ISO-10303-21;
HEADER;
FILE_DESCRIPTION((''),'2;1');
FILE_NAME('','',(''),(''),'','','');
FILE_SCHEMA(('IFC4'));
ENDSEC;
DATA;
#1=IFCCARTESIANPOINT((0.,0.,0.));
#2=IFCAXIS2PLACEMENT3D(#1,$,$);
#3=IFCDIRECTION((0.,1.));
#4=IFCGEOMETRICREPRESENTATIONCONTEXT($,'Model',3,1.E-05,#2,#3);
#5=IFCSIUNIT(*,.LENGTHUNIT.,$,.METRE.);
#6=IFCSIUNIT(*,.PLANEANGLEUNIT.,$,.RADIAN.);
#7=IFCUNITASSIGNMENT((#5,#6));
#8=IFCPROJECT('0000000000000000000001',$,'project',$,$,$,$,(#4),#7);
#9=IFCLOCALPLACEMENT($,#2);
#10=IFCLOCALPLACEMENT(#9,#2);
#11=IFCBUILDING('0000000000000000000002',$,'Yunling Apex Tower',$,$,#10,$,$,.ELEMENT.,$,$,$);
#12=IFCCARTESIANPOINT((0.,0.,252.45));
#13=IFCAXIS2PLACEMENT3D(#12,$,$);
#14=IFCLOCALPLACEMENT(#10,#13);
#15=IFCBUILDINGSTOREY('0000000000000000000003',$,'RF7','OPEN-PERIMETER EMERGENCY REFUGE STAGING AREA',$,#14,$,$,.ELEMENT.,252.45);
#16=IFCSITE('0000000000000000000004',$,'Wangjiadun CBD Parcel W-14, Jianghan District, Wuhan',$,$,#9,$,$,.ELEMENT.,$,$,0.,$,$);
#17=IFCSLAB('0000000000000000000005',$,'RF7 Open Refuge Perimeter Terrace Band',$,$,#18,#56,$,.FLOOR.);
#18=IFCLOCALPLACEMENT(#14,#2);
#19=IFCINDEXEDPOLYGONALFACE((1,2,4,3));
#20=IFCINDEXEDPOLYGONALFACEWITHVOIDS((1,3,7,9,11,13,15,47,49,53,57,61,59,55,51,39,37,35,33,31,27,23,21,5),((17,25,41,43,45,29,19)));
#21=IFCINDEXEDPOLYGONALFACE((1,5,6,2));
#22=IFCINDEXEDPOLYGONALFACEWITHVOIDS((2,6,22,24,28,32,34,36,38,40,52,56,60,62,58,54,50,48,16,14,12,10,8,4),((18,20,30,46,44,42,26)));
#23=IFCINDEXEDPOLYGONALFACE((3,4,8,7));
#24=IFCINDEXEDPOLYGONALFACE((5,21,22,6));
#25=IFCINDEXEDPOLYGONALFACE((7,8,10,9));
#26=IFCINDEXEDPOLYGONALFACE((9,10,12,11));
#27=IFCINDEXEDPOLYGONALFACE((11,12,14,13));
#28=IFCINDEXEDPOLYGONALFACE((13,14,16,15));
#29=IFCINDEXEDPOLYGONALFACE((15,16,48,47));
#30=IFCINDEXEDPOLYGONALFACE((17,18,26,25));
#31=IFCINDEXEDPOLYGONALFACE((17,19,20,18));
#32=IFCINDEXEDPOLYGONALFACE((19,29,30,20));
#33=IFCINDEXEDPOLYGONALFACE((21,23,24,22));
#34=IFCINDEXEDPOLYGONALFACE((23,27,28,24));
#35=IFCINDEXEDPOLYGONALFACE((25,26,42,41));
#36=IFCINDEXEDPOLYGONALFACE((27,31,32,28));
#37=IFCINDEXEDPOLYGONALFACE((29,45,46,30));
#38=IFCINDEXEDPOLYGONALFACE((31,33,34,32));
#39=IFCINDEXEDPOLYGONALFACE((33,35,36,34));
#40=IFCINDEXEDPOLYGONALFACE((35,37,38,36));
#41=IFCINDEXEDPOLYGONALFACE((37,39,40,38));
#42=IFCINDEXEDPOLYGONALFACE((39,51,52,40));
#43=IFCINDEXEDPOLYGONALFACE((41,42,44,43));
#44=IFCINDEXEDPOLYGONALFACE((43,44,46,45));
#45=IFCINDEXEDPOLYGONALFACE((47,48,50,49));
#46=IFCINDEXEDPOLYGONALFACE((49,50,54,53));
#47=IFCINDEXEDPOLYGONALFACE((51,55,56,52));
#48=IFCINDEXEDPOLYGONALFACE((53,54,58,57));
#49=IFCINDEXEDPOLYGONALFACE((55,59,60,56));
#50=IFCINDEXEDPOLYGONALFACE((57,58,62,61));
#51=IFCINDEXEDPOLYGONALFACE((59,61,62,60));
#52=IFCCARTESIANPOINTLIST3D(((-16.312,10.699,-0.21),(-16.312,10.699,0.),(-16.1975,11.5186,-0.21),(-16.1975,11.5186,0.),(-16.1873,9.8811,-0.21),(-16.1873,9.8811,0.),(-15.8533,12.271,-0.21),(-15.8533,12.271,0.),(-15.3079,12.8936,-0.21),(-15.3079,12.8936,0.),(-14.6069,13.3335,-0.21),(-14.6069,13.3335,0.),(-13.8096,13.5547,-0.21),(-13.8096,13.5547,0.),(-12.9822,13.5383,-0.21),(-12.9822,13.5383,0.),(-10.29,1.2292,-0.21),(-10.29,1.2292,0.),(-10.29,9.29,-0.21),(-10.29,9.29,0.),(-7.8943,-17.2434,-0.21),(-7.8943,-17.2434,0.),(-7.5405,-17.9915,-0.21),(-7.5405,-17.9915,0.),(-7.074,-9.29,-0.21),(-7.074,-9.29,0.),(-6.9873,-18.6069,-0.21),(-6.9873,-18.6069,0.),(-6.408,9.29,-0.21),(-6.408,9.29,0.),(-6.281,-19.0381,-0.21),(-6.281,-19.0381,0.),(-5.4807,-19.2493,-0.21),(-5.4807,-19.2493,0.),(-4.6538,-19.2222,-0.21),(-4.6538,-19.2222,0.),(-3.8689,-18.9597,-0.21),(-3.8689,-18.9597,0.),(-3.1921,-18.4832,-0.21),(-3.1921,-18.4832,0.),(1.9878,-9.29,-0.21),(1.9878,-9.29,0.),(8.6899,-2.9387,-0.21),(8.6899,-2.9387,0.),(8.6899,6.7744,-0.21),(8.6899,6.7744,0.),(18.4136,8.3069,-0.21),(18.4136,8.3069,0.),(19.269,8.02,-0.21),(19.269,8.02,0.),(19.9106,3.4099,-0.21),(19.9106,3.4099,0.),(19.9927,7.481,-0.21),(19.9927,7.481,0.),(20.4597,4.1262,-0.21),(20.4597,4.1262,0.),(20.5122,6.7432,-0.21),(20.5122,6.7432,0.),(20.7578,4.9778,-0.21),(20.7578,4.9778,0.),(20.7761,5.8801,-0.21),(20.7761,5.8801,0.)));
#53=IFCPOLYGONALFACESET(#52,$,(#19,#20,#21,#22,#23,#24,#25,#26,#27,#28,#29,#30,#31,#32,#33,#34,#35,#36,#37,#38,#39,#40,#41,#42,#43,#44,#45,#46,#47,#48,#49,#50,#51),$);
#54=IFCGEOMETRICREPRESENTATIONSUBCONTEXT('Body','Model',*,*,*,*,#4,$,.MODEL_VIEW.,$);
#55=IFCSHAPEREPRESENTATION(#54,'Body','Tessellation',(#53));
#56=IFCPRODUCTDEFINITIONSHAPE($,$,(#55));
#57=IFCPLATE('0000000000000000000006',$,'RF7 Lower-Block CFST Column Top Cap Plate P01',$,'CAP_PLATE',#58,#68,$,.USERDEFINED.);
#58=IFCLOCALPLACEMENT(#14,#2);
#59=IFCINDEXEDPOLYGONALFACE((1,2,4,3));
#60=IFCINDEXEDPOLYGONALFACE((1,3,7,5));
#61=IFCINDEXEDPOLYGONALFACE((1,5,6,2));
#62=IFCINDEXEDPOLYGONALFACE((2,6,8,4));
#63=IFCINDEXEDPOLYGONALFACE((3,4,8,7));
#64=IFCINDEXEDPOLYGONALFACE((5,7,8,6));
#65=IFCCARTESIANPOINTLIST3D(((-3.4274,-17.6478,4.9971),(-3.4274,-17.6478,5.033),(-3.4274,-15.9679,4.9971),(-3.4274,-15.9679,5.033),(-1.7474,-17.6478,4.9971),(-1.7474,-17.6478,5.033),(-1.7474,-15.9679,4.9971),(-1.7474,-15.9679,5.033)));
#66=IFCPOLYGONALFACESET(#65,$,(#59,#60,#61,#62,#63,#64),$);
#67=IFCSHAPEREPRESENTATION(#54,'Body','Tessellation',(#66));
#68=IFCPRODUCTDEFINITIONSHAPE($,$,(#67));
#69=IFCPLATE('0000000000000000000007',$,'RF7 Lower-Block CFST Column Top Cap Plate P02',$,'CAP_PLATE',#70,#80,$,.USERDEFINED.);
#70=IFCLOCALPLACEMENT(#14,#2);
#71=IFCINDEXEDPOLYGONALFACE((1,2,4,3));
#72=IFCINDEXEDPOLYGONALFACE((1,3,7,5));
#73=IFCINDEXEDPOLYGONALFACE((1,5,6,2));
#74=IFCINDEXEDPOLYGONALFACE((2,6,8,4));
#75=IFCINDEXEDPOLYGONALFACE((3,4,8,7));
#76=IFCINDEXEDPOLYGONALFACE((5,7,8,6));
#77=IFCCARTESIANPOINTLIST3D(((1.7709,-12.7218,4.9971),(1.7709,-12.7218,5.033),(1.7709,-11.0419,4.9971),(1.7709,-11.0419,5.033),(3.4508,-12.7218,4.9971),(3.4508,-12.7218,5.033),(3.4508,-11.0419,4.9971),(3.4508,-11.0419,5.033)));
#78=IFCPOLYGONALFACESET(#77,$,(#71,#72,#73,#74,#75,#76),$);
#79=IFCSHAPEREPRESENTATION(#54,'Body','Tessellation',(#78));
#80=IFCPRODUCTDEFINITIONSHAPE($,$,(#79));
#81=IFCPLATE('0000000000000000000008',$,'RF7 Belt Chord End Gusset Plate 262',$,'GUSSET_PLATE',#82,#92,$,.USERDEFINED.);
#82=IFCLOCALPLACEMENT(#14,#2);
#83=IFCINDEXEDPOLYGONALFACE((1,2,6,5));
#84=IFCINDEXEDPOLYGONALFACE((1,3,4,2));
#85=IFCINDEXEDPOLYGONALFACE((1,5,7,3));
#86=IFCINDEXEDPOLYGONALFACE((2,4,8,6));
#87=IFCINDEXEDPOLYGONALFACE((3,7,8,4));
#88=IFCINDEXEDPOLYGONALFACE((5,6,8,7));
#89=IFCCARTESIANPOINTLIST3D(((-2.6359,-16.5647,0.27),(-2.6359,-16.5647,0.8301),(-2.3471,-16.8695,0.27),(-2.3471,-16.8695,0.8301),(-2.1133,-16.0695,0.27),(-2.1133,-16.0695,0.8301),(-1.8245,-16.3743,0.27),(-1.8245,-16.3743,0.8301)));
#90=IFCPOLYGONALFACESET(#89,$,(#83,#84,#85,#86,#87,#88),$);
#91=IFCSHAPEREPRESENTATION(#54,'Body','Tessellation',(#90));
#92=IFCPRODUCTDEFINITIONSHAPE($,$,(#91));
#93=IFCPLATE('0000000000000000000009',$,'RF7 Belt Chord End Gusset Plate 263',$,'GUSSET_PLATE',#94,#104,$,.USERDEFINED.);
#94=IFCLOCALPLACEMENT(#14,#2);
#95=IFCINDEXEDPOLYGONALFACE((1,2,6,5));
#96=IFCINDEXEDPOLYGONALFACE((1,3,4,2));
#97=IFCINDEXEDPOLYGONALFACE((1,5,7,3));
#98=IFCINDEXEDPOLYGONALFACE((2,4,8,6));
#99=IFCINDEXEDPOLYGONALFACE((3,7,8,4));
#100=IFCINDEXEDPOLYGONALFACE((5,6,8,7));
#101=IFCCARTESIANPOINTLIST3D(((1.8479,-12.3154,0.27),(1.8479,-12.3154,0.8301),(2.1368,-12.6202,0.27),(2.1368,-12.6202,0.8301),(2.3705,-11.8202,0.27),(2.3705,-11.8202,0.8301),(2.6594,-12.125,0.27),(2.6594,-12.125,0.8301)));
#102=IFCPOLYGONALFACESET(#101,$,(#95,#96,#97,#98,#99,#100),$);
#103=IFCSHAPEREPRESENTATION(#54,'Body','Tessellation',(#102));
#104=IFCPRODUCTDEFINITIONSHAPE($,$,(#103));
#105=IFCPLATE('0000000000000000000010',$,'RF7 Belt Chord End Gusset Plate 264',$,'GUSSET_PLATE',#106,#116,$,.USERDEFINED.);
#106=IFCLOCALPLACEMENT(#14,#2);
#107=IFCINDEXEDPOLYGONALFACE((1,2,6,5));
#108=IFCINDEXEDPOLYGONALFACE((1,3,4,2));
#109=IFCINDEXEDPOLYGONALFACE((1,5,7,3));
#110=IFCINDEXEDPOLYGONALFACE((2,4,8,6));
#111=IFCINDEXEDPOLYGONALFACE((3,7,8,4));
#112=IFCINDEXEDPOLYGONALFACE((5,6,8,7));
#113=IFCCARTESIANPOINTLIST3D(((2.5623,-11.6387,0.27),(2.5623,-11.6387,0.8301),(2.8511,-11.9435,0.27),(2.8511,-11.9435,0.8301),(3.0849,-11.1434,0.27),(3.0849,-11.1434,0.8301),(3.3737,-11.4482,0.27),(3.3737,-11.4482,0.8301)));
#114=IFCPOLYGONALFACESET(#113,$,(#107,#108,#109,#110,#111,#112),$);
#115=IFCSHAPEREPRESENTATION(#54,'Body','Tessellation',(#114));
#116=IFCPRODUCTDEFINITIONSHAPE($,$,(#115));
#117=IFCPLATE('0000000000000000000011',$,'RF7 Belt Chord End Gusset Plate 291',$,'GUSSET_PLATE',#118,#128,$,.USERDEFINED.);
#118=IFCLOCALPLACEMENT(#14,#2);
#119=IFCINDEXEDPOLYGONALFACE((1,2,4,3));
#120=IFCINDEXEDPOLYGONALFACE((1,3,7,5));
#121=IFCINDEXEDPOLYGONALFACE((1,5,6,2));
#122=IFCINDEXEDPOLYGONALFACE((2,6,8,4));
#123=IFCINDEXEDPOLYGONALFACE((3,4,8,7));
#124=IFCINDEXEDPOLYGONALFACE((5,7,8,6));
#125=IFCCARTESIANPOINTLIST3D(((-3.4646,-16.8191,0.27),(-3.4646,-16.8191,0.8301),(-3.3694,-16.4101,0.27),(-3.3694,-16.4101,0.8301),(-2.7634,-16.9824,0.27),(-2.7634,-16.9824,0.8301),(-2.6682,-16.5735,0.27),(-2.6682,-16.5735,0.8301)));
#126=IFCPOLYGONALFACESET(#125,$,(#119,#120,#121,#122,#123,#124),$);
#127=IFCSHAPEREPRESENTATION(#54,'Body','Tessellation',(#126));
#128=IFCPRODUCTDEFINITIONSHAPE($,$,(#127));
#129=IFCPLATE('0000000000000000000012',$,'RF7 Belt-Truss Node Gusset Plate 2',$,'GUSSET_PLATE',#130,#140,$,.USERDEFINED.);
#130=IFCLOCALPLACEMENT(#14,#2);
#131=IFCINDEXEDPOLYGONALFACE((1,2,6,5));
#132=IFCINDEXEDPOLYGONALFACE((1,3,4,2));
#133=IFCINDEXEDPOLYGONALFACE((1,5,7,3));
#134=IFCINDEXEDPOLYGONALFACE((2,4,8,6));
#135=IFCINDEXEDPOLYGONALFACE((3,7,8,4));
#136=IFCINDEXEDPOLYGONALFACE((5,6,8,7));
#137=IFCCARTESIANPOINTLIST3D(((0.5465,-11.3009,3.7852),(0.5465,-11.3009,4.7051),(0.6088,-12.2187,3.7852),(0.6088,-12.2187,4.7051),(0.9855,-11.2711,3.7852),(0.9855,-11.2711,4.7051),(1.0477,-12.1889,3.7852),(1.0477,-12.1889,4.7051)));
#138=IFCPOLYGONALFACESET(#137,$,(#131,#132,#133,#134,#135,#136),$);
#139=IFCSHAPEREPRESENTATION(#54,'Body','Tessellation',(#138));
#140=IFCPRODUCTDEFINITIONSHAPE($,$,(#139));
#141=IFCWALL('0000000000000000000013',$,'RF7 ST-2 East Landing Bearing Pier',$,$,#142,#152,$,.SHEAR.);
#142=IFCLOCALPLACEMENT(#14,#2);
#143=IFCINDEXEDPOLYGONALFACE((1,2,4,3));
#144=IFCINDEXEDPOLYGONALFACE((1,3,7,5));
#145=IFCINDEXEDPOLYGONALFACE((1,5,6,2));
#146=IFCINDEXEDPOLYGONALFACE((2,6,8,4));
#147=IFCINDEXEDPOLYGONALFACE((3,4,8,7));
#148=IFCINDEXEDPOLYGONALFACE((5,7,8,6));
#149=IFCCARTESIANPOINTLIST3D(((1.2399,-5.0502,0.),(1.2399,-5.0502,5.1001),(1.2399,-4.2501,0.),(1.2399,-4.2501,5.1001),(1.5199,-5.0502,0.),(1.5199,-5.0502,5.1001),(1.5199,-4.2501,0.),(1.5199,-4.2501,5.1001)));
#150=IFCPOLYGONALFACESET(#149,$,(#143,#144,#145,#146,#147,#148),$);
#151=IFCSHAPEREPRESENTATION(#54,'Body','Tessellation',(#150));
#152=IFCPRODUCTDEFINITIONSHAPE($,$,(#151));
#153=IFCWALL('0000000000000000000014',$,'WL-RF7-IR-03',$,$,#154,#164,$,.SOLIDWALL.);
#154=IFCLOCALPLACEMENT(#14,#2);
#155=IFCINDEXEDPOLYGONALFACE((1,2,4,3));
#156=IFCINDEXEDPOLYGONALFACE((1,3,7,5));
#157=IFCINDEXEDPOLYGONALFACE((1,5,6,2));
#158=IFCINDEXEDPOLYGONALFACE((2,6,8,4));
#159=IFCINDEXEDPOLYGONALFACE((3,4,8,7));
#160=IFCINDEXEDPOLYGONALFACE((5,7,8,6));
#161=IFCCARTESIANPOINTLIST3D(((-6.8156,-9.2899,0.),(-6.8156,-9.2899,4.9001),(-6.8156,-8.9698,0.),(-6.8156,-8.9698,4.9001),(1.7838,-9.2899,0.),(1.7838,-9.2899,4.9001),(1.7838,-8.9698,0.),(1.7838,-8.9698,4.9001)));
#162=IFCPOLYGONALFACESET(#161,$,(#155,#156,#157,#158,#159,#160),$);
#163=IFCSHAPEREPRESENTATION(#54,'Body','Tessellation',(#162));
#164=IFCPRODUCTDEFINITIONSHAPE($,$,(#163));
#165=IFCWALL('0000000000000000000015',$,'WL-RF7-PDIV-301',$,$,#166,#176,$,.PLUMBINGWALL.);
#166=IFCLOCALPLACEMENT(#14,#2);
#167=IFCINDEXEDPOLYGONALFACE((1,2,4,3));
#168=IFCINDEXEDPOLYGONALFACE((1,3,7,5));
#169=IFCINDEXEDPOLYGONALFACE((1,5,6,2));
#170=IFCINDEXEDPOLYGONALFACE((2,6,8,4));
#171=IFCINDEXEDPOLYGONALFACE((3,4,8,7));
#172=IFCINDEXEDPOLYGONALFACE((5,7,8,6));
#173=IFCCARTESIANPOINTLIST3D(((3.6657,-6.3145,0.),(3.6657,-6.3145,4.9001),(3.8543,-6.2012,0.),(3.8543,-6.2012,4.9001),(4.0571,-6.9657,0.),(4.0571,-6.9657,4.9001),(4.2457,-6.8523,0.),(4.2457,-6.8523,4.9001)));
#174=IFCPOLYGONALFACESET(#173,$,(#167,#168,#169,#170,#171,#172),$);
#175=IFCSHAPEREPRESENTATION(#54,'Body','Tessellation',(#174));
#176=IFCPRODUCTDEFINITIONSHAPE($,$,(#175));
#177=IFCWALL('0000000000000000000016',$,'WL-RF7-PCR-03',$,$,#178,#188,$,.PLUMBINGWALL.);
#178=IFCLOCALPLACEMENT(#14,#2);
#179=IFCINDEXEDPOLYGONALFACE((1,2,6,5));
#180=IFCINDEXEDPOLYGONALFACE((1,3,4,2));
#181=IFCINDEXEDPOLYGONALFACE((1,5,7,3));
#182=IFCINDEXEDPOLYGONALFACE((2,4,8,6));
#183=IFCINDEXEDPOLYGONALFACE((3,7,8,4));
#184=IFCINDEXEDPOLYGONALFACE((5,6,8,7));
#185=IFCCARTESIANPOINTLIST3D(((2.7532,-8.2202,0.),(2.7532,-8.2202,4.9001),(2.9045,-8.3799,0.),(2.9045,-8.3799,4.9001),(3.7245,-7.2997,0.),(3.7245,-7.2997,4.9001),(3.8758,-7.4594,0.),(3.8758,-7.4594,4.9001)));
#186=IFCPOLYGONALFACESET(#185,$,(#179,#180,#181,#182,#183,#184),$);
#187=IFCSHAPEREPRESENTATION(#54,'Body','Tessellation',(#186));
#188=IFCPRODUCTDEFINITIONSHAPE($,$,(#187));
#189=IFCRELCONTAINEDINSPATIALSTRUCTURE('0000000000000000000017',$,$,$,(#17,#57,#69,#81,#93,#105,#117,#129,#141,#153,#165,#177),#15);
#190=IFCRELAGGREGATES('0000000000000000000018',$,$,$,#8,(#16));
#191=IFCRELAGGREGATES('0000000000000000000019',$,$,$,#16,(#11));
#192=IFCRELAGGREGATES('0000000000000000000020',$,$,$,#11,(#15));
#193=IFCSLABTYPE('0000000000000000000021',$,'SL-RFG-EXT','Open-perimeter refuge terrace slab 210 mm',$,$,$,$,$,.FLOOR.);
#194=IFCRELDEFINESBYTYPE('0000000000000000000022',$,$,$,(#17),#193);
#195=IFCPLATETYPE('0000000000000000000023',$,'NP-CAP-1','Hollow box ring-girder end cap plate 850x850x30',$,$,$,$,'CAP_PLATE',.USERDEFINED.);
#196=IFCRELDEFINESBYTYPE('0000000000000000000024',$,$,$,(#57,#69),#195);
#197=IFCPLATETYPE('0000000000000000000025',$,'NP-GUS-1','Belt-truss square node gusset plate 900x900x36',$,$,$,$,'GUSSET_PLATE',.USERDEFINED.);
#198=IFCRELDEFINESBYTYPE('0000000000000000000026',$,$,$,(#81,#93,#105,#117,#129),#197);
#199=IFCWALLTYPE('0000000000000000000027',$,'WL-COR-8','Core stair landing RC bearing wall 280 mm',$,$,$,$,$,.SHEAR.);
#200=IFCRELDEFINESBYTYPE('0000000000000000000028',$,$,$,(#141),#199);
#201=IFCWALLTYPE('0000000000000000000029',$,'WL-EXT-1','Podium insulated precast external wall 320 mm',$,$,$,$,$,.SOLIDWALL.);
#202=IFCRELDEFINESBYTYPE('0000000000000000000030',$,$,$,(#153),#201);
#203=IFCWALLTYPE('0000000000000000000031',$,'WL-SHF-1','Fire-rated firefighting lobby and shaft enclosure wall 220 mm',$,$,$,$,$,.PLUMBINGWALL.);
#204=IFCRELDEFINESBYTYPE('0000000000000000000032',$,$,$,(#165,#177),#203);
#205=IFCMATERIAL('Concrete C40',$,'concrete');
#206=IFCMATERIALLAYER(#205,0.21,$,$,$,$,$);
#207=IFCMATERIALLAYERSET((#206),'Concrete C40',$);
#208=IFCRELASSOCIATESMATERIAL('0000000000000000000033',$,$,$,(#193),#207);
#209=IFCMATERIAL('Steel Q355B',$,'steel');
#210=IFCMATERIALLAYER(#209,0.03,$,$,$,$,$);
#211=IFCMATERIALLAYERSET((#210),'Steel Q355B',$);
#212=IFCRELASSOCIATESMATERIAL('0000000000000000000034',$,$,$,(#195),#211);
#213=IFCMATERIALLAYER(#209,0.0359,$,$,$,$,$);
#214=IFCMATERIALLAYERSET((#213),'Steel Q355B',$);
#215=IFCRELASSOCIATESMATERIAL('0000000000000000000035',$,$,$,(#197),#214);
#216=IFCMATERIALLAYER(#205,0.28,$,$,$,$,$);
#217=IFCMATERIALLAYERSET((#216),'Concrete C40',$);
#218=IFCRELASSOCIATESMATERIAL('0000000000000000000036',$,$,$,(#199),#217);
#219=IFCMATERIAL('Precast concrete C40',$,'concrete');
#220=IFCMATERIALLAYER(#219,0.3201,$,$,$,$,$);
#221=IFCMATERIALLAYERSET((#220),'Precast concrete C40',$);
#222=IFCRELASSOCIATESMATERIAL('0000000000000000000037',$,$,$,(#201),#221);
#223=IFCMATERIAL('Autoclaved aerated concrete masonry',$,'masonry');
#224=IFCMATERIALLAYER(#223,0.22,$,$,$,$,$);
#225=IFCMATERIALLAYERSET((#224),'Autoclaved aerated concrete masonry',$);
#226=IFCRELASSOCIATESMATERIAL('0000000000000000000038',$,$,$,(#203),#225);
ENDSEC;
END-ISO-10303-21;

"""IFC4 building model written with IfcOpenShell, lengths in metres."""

from ifc_helpers import new_model, si_unit, direction, frame, frame_2d, origin, origin_2d, place, context, subcontext, project, spatial, polyline, rectangle, outline, extrude, source, transform, mapped, material, layer, layer_set, type_object, element, save


model = new_model("IFC4")

# Units and contexts
model_context = context("Model", 3, precision=1e-05, world=origin(), true_north=direction((0.0, 1.0)))
body_context = subcontext(model_context, "Body", "Model", "MODEL_VIEW")
ifc_project = project(units=[si_unit("LENGTHUNIT", "METRE"), si_unit("PLANEANGLEUNIT", "RADIAN")], contexts=[model_context])

# Site, building, storey
site_placement = place(None, origin())
site = spatial("IfcSite", under=ifc_project, at=site_placement, Name="Wangjiadun CBD Parcel W-14, Jianghan District, Wuhan", CompositionType="ELEMENT", RefElevation=0.0)
building_placement = place(site_placement, origin())
building = spatial("IfcBuilding", under=site, at=building_placement, Name="Yunling Apex Tower", CompositionType="ELEMENT")
storey_placement = place(building_placement, frame((0.0, 0.0, 252.45)))
storey = spatial("IfcBuildingStorey", under=building, at=storey_placement, Name="RF7", Description="OPEN-PERIMETER EMERGENCY REFUGE STAGING AREA", CompositionType="ELEMENT", Elevation=252.45)

# Shared definitions
ifc_material_1 = material(Name="Steel Q355B", Category="steel")

# Shared definitions
ifc_material_2 = material(Name="Concrete C40", Category="concrete")

# Slab
ifc_layer_1 = layer(ifc_material_2, 0.21)
ifc_layer_set_1 = layer_set([ifc_layer_1], Name="Concrete C40")
slab_type_1 = type_object("IfcSlabType", Name="SL-RFG-EXT", Description="Open-perimeter refuge terrace slab 210 mm", PredefinedType="FLOOR", material=ifc_layer_set_1)
slab_1_placement = place(storey_placement, frame((0.0, 0.0, -0.21)))
element("IfcSlab", 1, at=slab_1_placement, inside=storey, type_object=slab_type_1, Name="RF7 Open Refuge Perimeter Terrace Band", PredefinedType="FLOOR", context=body_context, shape_type="SweptSolid", body=[
    extrude(outline(polyline([(-7.8943, -17.2434), (-7.5405, -17.9915), (-6.9873, -18.6069), (-6.281, -19.0381), (-5.4807, -19.2493), (-4.6538, -19.2222), (-3.8689, -18.9597), (-3.1921, -18.4832), (19.9106, 3.4099), (20.4597, 4.1262), (20.7578, 4.9778), (20.7761, 5.8801), (20.5122, 6.7432), (19.9927, 7.481), (19.269, 8.02), (18.4136, 8.3069), (-12.9822, 13.5383), (-13.8096, 13.5547), (-14.6069, 13.3335), (-15.3079, 12.8936), (-15.8533, 12.271), (-16.1975, 11.5186), (-16.312, 10.699), (-16.1873, 9.8811), (-7.8943, -17.2434)]), holes=[polyline([(1.9878, -9.29), (-7.074, -9.29), (-10.29, 1.2292), (-10.29, 9.29), (-6.408, 9.29), (8.6899, 6.7744), (8.6899, -2.9387), (1.9878, -9.29)])]), origin(), (0.0, 0.0, 1.0), 0.21),
])

# Plates
ifc_layer_2 = layer(ifc_material_1, 0.03)
ifc_layer_set_2 = layer_set([ifc_layer_2], Name="Steel Q355B")
plate_type_1 = type_object("IfcPlateType", Name="NP-CAP-1", Description="Hollow box ring-girder end cap plate 850x850x30", ElementType="CAP_PLATE", PredefinedType="USERDEFINED", material=ifc_layer_set_2)
shared_shape_1 = source(origin(), body_context, "Body", "SweptSolid", [
    extrude(rectangle(XDim=1.6799, YDim=1.6799, at=origin_2d()), origin(), (0.0, 0.0, 1.0), 0.0359),
])
for number, where, z_axis, x_axis, name in (
    (2, (-2.5874, -16.8079, 4.9971), (0.0, 0.0, 1.0), (1.0, 0.0, 0.0), "RF7 Lower-Block CFST Column Top Cap Plate P01"),
    (3, (2.6108, -11.8818, 4.9971), (0.0, 0.0, 1.0), (1.0, 0.0, 0.0), "RF7 Lower-Block CFST Column Top Cap Plate P02"),
):
    element("IfcPlate", number, at=place(storey_placement, frame(where, z_axis=z_axis, x_axis=x_axis)), inside=storey, type_object=plate_type_1, Name=name, ObjectType="CAP_PLATE", PredefinedType="USERDEFINED", context=body_context, shape_type="MappedRepresentation", body=[
        mapped(shared_shape_1, transform((0.0, 0.0, 0.0), scale=1.0)),
    ])
ifc_layer_3 = layer(ifc_material_1, 0.0359)
ifc_layer_set_3 = layer_set([ifc_layer_3], Name="Steel Q355B")
plate_type_2 = type_object("IfcPlateType", Name="NP-GUS-1", Description="Belt-truss square node gusset plate 900x900x36", ElementType="GUSSET_PLATE", PredefinedType="USERDEFINED", material=ifc_layer_set_3)
shared_shape_2 = source(origin(), body_context, "Body", "SweptSolid", [
    extrude(rectangle(XDim=0.72, YDim=0.4199, at=origin_2d()), origin(), (0.0, 0.0, 1.0), 0.5601),
])
for number, where, z_axis, x_axis, name in (
    (4, (-2.2302, -16.4695, 0.27), (0.0, 0.0, 1.0), (0.725855, 0.687848, 0.0), "RF7 Belt Chord End Gusset Plate 262"),
    (5, (2.2537, -12.2202, 0.27), (0.0, 0.0, 1.0), (0.725855, 0.687848, 0.0), "RF7 Belt Chord End Gusset Plate 263"),
    (6, (2.968, -11.5435, 0.27), (0.0, 0.0, 1.0), (0.725855, 0.687848, 0.0), "RF7 Belt Chord End Gusset Plate 264"),
    (7, (-3.0664, -16.6963, 0.27), (0.0, 0.0, 1.0), (0.973936, -0.226821, 0.0), "RF7 Belt Chord End Gusset Plate 291"),
):
    element("IfcPlate", number, at=place(storey_placement, frame(where, z_axis=z_axis, x_axis=x_axis)), inside=storey, type_object=plate_type_2, Name=name, ObjectType="GUSSET_PLATE", PredefinedType="USERDEFINED", context=body_context, shape_type="MappedRepresentation", body=[
        mapped(shared_shape_2, transform((0.0, 0.0, 0.0), scale=1.0)),
    ])
shared_shape_3 = source(origin(), body_context, "Body", "SweptSolid", [
    extrude(rectangle(XDim=0.9199, YDim=0.4399, at=origin_2d()), origin(), (0.0, 0.0, 1.0), 0.9199),
])
plate_placement = place(storey_placement, frame((0.7971, -11.7449, 3.7852), z_axis=(0.0, 0.0, 1.0), x_axis=(0.067667, -0.997708, 0.0)))
element("IfcPlate", 8, at=plate_placement, inside=storey, type_object=plate_type_2, Name="RF7 Belt-Truss Node Gusset Plate 2", ObjectType="GUSSET_PLATE", PredefinedType="USERDEFINED", context=body_context, shape_type="MappedRepresentation", body=[
    mapped(shared_shape_3, transform((0.0, 0.0, 0.0), scale=1.0)),
])

# Walls
ifc_layer_4 = layer(ifc_material_2, 0.28)
ifc_layer_set_4 = layer_set([ifc_layer_4], Name="Concrete C40")
wall_type_1 = type_object("IfcWallType", Name="WL-COR-8", Description="Core stair landing RC bearing wall 280 mm", PredefinedType="SHEAR", material=ifc_layer_set_4)
wall_1_placement = place(storey_placement, frame((1.3799, -5.05, 0.0), z_axis=(0.0, 0.0, 1.0), x_axis=(0.0, 1.0, 0.0)))
element("IfcWall", 9, at=wall_1_placement, inside=storey, type_object=wall_type_1, Name="RF7 ST-2 East Landing Bearing Pier", PredefinedType="SHEAR", context=body_context, shape_type="SweptSolid", body=[
    extrude(rectangle(XDim=0.8, YDim=0.28, at=frame_2d((0.3999, 0.0))), origin(), (0.0, 0.0, 1.0), 5.1001),
])
ifc_material_3 = material(Name="Precast concrete C40", Category="concrete")
ifc_layer_5 = layer(ifc_material_3, 0.3201)
ifc_layer_set_5 = layer_set([ifc_layer_5], Name="Precast concrete C40")
wall_type_2 = type_object("IfcWallType", Name="WL-EXT-1", Description="Podium insulated precast external wall 320 mm", PredefinedType="SOLIDWALL", material=ifc_layer_set_5)
wall_2_placement = place(storey_placement, frame((1.7839, -9.1299, 0.0), z_axis=(0.0, 0.0, 1.0), x_axis=(-1.0, 0.0, 0.0)))
element("IfcWall", 10, at=wall_2_placement, inside=storey, type_object=wall_type_2, Name="WL-RF7-IR-03", PredefinedType="SOLIDWALL", context=body_context, shape_type="SweptSolid", body=[
    extrude(rectangle(XDim=8.5994, YDim=0.3201, at=frame_2d((4.2998, 0.0))), origin(), (0.0, 0.0, 1.0), 4.9001),
])

# Shared definitions
ifc_material_4 = material(Name="Autoclaved aerated concrete masonry", Category="masonry")
ifc_layer_6 = layer(ifc_material_4, 0.22)
ifc_layer_set_6 = layer_set([ifc_layer_6], Name="Autoclaved aerated concrete masonry")
wall_type_3 = type_object("IfcWallType", Name="WL-SHF-1", Description="Fire-rated firefighting lobby and shaft enclosure wall 220 mm", PredefinedType="PLUMBINGWALL", material=ifc_layer_set_6)

# Walls
wall_3_placement = place(storey_placement, frame((3.76, -6.2578, 0.0), z_axis=(0.0, 0.0, 1.0), x_axis=(0.515157, -0.857096, 0.0)))
element("IfcWall", 11, at=wall_3_placement, inside=storey, type_object=wall_type_3, Name="WL-RF7-PDIV-301", PredefinedType="PLUMBINGWALL", context=body_context, shape_type="SweptSolid", body=[
    extrude(rectangle(XDim=0.7598, YDim=0.22, at=frame_2d((0.3799, 0.0))), origin(), (0.0, 0.0, 1.0), 4.9001),
])
wall_4_placement = place(storey_placement, frame((3.8, -7.3796, 0.0), z_axis=(0.0, 0.0, 1.0), x_axis=(-0.725828, -0.687876, 0.0)))
element("IfcWall", 12, at=wall_4_placement, inside=storey, type_object=wall_type_3, Name="WL-RF7-PCR-03", PredefinedType="PLUMBINGWALL", context=body_context, shape_type="SweptSolid", body=[
    extrude(rectangle(XDim=1.3381, YDim=0.22, at=frame_2d((0.6689, 0.0))), origin(), (0.0, 0.0, 1.0), 4.9001),
])

save(model, "model.ifc")
